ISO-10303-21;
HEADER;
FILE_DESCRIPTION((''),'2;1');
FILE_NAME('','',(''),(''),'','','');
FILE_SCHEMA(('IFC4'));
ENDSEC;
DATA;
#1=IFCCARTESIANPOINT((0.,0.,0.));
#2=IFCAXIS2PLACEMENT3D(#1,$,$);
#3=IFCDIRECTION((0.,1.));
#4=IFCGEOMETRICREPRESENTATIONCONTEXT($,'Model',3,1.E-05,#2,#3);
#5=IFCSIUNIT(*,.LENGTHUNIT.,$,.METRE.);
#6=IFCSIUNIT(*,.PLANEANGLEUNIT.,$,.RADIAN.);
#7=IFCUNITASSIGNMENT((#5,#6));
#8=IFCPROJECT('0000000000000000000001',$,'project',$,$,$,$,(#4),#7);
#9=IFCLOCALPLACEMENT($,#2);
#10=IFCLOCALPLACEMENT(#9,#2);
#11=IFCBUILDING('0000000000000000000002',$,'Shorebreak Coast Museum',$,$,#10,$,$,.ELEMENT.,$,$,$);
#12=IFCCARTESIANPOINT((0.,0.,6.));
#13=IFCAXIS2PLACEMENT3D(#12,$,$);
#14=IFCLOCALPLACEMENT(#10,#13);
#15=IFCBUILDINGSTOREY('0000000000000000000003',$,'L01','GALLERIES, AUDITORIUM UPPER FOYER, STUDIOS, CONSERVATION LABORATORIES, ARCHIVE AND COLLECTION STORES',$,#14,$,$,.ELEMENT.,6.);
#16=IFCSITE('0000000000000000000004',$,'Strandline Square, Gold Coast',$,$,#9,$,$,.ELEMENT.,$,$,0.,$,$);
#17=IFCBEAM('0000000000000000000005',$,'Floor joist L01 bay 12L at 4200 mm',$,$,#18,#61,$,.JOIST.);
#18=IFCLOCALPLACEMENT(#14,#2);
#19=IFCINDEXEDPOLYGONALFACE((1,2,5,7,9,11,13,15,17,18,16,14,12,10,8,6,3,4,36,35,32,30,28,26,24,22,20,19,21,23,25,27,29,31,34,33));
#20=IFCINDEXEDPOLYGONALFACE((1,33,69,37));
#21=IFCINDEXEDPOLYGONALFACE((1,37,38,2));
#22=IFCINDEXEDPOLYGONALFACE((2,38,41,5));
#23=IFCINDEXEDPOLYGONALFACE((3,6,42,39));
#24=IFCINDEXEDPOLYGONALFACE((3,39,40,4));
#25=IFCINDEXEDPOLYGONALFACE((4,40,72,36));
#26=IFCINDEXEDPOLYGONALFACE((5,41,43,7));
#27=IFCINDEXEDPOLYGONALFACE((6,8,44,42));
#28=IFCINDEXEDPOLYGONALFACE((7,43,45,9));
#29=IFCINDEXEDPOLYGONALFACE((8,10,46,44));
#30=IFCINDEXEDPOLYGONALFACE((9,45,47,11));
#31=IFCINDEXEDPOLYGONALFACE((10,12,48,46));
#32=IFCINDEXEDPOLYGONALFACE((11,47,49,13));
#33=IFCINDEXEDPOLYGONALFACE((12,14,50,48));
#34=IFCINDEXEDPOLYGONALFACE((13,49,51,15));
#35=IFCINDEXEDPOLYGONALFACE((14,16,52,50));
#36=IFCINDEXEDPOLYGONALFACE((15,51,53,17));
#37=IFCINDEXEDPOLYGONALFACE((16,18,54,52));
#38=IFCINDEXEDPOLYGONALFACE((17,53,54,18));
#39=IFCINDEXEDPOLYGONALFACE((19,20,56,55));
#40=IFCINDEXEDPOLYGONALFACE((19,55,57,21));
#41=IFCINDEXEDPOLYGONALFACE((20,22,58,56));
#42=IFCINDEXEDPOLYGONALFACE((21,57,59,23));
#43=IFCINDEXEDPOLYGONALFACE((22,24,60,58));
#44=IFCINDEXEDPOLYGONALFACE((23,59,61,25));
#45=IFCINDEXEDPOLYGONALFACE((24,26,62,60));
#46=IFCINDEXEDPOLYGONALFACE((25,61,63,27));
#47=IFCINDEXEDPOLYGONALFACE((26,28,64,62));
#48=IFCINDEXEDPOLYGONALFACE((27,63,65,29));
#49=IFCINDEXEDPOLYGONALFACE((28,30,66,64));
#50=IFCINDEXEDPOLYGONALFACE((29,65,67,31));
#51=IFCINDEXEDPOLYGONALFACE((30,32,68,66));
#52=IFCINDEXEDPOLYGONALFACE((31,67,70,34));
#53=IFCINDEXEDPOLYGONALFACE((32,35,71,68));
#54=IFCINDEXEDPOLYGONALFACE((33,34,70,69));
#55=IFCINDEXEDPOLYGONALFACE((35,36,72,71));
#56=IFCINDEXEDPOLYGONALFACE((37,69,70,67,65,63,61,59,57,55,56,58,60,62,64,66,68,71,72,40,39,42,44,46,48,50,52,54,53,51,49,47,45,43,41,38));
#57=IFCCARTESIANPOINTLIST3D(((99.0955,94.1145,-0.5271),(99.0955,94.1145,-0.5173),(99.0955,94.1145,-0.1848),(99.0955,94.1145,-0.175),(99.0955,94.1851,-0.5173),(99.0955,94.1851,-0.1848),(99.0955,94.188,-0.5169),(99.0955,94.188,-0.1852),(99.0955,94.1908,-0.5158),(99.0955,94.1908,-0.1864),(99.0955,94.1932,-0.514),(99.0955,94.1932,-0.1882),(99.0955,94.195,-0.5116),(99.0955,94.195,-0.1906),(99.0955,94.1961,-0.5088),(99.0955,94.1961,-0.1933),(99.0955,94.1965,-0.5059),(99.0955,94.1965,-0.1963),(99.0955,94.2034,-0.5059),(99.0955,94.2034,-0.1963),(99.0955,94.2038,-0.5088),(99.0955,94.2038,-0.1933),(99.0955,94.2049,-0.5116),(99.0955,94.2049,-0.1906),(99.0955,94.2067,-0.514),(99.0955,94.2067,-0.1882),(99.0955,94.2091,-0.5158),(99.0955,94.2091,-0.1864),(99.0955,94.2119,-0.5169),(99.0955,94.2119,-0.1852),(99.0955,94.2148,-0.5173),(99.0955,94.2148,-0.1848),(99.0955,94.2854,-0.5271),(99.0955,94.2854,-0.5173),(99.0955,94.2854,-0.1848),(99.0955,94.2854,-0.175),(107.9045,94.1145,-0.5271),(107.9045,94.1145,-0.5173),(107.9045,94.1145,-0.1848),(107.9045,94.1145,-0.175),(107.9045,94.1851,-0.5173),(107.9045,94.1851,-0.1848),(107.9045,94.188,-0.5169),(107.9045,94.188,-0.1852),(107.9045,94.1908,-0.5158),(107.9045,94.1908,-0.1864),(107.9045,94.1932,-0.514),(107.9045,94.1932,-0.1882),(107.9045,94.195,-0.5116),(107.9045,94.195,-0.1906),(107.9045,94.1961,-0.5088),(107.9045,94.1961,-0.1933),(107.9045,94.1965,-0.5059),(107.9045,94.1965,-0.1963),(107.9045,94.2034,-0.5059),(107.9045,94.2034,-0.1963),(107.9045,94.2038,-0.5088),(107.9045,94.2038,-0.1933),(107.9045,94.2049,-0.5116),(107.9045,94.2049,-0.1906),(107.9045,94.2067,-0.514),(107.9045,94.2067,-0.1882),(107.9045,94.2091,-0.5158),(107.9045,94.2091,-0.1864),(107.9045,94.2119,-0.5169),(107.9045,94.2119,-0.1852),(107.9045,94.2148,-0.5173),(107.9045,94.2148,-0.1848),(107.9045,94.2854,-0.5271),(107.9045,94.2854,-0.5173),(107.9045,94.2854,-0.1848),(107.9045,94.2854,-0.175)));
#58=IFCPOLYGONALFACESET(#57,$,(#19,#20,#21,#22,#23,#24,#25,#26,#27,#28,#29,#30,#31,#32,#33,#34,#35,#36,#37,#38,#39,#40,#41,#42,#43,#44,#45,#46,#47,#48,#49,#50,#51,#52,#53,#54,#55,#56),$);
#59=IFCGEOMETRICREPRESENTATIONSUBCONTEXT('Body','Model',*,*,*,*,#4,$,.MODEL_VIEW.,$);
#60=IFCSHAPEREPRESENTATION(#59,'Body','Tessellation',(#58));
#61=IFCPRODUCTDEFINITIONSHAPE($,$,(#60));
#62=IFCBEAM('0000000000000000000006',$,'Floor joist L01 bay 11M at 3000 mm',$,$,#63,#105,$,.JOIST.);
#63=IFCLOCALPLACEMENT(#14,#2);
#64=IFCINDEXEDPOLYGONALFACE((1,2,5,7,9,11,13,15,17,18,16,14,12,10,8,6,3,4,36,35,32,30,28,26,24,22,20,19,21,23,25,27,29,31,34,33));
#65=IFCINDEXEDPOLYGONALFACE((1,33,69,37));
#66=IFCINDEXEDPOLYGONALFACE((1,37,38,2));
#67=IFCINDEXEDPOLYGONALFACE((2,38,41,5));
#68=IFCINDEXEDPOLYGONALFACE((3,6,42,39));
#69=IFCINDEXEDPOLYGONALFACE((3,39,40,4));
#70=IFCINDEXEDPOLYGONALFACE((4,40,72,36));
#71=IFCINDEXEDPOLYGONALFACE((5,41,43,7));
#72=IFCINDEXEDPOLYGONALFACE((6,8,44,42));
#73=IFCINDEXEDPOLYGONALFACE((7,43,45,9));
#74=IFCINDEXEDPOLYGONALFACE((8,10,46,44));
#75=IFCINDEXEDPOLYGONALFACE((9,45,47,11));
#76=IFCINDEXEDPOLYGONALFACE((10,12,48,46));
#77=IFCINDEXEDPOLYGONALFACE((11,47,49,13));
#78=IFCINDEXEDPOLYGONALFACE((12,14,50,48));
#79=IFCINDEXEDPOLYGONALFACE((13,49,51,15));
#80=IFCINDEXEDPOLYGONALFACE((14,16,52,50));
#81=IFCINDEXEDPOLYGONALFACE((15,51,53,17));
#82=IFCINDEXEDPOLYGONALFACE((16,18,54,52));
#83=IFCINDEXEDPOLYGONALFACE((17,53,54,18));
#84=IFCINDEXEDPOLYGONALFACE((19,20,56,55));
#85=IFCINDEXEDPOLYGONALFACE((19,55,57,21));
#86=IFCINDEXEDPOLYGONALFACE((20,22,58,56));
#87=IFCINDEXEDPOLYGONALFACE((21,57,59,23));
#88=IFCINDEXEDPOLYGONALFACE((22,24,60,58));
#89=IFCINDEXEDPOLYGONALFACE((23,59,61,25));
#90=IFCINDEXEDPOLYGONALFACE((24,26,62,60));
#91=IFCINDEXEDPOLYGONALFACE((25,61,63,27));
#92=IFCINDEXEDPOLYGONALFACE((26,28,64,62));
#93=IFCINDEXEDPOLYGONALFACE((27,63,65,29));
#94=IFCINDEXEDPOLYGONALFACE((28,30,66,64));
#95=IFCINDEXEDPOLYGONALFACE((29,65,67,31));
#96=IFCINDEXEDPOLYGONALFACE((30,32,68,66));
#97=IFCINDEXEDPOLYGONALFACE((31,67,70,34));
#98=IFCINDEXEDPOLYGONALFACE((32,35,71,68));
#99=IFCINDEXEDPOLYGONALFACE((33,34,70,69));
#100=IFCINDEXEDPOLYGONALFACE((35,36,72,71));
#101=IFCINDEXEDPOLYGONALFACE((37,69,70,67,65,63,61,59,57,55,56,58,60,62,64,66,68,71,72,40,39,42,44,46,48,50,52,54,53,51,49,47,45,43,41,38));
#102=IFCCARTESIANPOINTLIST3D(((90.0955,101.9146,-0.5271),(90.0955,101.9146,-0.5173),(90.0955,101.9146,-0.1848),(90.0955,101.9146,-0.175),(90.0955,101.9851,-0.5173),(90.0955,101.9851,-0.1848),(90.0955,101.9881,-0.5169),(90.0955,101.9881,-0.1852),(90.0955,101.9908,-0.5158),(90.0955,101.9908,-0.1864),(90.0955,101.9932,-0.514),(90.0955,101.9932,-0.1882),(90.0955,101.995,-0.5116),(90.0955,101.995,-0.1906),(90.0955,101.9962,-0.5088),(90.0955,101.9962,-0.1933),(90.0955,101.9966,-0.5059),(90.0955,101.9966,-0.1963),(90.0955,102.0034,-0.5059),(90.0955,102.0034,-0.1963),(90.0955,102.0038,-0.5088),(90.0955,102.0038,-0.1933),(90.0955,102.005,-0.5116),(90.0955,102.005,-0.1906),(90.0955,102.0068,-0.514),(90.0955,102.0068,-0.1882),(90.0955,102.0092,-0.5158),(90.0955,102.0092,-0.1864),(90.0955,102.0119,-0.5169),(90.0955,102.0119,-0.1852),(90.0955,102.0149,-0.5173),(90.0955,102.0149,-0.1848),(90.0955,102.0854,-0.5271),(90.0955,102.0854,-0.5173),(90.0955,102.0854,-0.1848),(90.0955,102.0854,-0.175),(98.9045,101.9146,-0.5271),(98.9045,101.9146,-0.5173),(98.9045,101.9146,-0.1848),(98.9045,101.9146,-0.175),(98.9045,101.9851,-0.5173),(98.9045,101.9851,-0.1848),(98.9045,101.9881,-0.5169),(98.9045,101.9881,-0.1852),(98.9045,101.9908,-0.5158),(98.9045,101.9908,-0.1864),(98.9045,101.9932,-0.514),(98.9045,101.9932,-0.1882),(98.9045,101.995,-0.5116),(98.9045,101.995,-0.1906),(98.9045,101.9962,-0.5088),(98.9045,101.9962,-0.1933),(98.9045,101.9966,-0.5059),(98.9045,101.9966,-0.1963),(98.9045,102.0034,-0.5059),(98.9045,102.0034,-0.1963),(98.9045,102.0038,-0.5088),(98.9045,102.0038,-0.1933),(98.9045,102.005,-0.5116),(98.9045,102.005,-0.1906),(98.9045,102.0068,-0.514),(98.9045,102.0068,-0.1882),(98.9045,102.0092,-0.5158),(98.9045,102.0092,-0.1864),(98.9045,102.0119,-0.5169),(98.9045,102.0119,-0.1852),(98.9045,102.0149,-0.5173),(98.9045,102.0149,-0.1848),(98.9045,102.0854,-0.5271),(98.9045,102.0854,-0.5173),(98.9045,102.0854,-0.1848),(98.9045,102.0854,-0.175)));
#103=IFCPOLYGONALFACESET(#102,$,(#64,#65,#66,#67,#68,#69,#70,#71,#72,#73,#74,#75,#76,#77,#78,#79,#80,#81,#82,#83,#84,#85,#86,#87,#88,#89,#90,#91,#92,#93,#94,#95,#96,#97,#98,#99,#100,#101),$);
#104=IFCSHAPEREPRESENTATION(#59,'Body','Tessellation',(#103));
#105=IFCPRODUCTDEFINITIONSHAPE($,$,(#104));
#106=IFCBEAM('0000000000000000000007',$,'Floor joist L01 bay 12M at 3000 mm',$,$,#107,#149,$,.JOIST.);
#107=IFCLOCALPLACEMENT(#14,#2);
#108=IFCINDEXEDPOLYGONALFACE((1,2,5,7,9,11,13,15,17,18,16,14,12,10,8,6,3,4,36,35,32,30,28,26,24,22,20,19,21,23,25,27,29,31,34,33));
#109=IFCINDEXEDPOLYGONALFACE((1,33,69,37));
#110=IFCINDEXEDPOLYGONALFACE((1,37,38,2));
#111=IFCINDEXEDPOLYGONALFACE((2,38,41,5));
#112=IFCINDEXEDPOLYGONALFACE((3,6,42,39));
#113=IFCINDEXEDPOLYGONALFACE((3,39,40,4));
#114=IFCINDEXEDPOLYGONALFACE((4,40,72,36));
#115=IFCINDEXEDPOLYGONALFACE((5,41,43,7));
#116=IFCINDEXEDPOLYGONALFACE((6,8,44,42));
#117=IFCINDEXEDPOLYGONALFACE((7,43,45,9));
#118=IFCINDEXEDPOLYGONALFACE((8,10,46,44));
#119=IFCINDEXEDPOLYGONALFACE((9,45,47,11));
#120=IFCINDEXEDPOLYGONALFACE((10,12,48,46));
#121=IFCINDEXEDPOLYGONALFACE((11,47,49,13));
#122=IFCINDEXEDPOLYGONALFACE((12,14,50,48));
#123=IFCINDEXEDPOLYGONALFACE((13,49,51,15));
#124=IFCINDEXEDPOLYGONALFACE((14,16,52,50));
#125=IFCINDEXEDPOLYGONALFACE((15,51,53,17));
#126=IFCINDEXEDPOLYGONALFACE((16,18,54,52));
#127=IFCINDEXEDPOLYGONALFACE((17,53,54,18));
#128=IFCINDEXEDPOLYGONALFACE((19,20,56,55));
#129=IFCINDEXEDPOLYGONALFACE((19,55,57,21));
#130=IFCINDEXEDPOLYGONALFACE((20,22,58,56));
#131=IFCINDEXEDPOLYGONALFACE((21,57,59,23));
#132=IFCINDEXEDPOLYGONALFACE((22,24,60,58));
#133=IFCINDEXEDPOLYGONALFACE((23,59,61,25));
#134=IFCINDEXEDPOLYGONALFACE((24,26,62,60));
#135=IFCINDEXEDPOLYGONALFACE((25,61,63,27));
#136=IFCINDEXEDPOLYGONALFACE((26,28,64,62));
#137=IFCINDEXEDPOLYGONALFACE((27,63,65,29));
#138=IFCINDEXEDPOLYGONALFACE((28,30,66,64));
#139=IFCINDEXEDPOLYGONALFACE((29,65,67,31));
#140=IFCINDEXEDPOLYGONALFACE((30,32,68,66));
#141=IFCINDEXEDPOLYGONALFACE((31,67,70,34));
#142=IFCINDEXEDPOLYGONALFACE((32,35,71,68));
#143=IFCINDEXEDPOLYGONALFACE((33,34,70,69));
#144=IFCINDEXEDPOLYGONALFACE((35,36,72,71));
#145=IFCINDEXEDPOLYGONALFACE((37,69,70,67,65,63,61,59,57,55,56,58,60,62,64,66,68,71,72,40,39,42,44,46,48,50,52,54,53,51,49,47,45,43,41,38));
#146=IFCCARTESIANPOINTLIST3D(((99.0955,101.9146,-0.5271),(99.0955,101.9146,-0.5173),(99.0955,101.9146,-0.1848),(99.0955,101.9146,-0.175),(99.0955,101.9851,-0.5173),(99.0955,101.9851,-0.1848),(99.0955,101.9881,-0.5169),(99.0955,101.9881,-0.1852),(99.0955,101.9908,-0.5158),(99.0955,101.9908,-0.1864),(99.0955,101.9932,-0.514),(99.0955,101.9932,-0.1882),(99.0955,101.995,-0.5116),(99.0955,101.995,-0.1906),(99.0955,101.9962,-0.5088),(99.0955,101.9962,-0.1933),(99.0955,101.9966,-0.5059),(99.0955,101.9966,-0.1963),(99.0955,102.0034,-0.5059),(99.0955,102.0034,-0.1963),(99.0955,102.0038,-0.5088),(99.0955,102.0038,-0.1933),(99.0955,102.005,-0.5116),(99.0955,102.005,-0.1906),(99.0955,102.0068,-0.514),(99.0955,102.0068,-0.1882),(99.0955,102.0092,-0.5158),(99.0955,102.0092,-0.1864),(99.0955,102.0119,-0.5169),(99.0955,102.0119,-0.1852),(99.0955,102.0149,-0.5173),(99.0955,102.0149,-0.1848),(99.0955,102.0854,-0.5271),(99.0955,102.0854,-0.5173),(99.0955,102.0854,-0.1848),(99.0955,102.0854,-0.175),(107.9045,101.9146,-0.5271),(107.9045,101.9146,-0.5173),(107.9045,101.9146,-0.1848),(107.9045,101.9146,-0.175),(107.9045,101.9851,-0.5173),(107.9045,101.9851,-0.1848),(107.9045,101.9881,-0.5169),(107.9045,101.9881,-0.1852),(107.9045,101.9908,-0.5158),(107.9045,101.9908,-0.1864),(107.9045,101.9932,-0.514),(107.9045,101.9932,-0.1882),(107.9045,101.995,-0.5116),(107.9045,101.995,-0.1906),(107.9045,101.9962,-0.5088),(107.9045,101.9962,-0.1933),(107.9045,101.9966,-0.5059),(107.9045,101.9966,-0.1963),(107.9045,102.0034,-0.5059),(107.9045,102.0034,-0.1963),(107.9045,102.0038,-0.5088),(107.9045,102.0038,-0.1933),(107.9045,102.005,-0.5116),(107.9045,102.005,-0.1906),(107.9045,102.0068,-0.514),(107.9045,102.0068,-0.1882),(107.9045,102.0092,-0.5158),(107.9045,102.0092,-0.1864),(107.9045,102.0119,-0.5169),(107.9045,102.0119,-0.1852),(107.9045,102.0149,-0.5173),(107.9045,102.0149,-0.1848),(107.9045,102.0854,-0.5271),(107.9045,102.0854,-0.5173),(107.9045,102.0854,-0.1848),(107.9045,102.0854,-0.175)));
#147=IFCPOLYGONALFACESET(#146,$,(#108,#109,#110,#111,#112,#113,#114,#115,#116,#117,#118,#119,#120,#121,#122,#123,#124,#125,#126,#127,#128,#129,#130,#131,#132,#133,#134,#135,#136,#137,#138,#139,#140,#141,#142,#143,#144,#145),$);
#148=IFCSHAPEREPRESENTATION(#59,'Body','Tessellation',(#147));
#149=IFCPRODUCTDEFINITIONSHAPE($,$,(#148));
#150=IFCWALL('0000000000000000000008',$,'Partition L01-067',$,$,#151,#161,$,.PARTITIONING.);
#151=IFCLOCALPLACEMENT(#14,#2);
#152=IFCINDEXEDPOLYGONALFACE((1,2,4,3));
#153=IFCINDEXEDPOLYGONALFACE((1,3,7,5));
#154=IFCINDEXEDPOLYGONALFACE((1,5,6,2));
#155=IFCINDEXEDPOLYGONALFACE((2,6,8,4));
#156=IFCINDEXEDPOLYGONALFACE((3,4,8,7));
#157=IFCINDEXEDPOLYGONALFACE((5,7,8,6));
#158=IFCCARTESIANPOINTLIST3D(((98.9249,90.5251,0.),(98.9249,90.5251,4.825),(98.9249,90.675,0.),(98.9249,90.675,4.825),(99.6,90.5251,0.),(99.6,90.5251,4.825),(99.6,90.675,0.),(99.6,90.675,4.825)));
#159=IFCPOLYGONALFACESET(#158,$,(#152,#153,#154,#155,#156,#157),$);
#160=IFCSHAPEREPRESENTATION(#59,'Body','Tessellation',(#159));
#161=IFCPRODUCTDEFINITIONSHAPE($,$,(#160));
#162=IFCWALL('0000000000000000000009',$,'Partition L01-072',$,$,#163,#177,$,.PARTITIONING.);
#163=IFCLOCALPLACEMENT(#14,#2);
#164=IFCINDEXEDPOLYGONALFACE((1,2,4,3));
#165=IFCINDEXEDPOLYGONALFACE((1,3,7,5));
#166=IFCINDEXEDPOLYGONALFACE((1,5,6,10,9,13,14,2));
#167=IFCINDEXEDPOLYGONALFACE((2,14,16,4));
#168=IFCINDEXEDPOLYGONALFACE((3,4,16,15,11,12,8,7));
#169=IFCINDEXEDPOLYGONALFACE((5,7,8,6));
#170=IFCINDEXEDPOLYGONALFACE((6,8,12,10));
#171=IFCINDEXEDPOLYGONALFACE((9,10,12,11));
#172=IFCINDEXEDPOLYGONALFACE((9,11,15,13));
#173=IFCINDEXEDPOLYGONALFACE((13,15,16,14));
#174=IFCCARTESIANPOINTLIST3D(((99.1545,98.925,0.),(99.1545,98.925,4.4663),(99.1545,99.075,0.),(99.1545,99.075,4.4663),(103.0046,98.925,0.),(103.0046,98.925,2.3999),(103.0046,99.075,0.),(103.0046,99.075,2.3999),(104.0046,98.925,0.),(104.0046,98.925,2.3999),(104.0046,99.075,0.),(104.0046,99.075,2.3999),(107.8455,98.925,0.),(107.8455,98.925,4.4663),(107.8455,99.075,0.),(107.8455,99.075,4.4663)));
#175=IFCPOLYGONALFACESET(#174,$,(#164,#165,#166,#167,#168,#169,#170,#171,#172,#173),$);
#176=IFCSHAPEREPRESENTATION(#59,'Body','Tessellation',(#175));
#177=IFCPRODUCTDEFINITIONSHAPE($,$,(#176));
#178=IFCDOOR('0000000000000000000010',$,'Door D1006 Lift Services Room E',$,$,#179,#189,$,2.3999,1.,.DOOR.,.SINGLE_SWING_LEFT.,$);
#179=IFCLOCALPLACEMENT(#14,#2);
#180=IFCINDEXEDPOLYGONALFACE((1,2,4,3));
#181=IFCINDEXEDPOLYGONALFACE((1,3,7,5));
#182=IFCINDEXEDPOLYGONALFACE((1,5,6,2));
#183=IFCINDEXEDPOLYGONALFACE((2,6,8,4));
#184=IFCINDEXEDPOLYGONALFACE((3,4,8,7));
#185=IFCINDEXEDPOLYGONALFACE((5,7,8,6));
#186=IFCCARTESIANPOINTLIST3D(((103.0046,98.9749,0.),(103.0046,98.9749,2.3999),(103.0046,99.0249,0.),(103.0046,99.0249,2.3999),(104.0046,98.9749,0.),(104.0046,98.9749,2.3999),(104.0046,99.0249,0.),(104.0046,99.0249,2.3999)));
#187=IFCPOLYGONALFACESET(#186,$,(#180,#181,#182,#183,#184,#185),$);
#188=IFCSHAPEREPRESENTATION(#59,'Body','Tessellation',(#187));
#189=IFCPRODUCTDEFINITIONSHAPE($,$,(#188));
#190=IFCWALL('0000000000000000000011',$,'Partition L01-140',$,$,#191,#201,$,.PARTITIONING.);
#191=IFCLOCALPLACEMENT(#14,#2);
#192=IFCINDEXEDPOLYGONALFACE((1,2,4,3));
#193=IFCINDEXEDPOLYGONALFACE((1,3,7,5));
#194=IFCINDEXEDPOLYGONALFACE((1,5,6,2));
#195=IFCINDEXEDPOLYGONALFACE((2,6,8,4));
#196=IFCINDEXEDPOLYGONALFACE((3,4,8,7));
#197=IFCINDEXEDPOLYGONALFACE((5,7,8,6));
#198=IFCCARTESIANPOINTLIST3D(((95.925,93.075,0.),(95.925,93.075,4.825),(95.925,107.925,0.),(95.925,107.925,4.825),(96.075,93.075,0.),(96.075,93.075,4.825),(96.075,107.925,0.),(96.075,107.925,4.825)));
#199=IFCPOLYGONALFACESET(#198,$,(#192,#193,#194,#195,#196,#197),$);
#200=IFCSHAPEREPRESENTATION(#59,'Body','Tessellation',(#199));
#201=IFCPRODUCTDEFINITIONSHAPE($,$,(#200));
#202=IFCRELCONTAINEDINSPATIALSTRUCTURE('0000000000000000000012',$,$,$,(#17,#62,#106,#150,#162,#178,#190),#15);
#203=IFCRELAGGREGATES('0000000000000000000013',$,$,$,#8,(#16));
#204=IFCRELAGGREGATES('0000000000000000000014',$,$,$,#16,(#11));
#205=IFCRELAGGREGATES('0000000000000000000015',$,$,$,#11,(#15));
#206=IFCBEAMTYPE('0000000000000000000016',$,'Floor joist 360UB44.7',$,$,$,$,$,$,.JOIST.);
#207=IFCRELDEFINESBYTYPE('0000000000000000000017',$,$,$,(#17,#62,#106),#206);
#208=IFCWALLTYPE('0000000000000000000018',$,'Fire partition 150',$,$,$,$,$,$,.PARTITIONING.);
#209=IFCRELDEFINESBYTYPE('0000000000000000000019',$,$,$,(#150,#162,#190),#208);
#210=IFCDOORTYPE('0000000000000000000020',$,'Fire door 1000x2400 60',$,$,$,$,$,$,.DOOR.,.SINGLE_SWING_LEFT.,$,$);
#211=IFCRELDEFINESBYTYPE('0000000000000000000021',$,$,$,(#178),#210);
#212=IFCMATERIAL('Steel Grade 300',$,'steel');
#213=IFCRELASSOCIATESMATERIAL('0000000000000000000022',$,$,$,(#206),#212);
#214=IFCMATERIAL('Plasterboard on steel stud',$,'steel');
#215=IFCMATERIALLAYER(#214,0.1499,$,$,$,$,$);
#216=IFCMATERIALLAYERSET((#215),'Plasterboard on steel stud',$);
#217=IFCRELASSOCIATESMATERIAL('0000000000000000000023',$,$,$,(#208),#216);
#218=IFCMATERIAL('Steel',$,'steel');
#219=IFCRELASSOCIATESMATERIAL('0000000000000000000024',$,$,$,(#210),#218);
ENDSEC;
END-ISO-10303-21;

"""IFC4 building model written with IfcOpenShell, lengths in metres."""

from ifc_helpers import new_model, si_unit, direction, frame, frame_2d, origin, origin_2d, place, context, subcontext, project, spatial, rectangle, i_section, extrude, material, layer, layer_set, material_profile, profile_set, type_object, element, fill, save


model = new_model("IFC4")

# Units and contexts
model_context = context("Model", 3, precision=1e-05, world=origin(), true_north=direction((0.0, 1.0)))
body_context = subcontext(model_context, "Body", "Model", "MODEL_VIEW")
ifc_project = project(units=[si_unit("LENGTHUNIT", "METRE"), si_unit("PLANEANGLEUNIT", "RADIAN")], contexts=[model_context])

# Site, building, storey
site_placement = place(None, origin())
site = spatial("IfcSite", under=ifc_project, at=site_placement, Name="Strandline Square, Gold Coast", CompositionType="ELEMENT", RefElevation=0.0)
building_placement = place(site_placement, origin())
building = spatial("IfcBuilding", under=site, at=building_placement, Name="Shorebreak Coast Museum", CompositionType="ELEMENT")
storey_placement = place(building_placement, frame((0.0, 0.0, 6.0)))
storey = spatial("IfcBuildingStorey", under=building, at=storey_placement, Name="L01", Description="GALLERIES, AUDITORIUM UPPER FOYER, STUDIOS, CONSERVATION LABORATORIES, ARCHIVE AND COLLECTION STORES", CompositionType="ELEMENT", Elevation=6.0)

# Beams
ifc_material_1 = material(Name="Steel Grade 300", Category="steel")
ifc_material_profile_1 = material_profile(ifc_material_1, i_section(OverallWidth=0.1709, OverallDepth=0.3521, WebThickness=0.0068, FlangeThickness=0.0098, FilletRadius=0.0115, at=origin_2d()), Name="360UB44.7")
ifc_profile_set_1 = profile_set([ifc_material_profile_1], Name="Steel Grade 300")
beam_type_1 = type_object("IfcBeamType", Name="Floor joist 360UB44.7", PredefinedType="JOIST", material=ifc_profile_set_1)
for number, where, z_axis, x_axis, name in (
    (1, (99.0955, 94.2, -0.3511), (1.0, 0.0, 0.0), (0.0, 1.0, 0.0), "Floor joist L01 bay 12L at 4200 mm"),
    (2, (90.0955, 102.0, -0.3511), (1.0, 0.0, 0.0), (0.0, 1.0, 0.0), "Floor joist L01 bay 11M at 3000 mm"),
    (3, (99.0955, 102.0, -0.3511), (1.0, 0.0, 0.0), (0.0, 1.0, 0.0), "Floor joist L01 bay 12M at 3000 mm"),
):
    element("IfcBeam", number, at=place(storey_placement, frame(where, z_axis=z_axis, x_axis=x_axis)), inside=storey, type_object=beam_type_1, Name=name, PredefinedType="JOIST", context=body_context, shape_type="SweptSolid", body=[
        extrude(i_section(OverallWidth=0.1709, OverallDepth=0.3521, WebThickness=0.0068, FlangeThickness=0.0098, FilletRadius=0.0115, at=origin_2d()), origin(), (0.0, 0.0, 1.0), 8.8091),
    ])

# Wall
ifc_material_2 = material(Name="Plasterboard on steel stud", Category="steel")
ifc_layer_1 = layer(ifc_material_2, 0.1499)
ifc_layer_set_1 = layer_set([ifc_layer_1], Name="Plasterboard on steel stud")
wall_type_1 = type_object("IfcWallType", Name="Fire partition 150", PredefinedType="PARTITIONING", material=ifc_layer_set_1)
wall_1_placement = place(storey_placement, frame((98.925, 90.6001, 0.0), z_axis=(0.0, 0.0, 1.0), x_axis=(1.0, 0.0, 0.0)))
element("IfcWall", 4, at=wall_1_placement, inside=storey, type_object=wall_type_1, Name="Partition L01-067", PredefinedType="PARTITIONING", context=body_context, shape_type="SweptSolid", body=[
    extrude(rectangle(XDim=0.675, YDim=0.1499, at=frame_2d((0.3374, 0.0))), origin(), (0.0, 0.0, 1.0), 4.825),
])

# Wall, opening, door
wall_2_placement = place(storey_placement, frame((99.1545, 99.0, 0.0), z_axis=(0.0, 0.0, 1.0), x_axis=(1.0, 0.0, 0.0)))
wall_2 = element("IfcWall", 5, at=wall_2_placement, inside=storey, type_object=wall_type_1, Name="Partition L01-072", PredefinedType="PARTITIONING", context=body_context, shape_type="SweptSolid", body=[
    extrude(rectangle(XDim=8.6909, YDim=0.1499, at=frame_2d((4.3455, 0.0))), origin(), (0.0, 0.0, 1.0), 4.4663),
])
opening_placement = place(wall_2_placement, frame((3.8501, 0.0, 0.0)))
opening = element("IfcOpeningElement", 6, at=opening_placement, cuts=wall_2, PredefinedType="OPENING", context=body_context, shape_type="SweptSolid", body=[
    extrude(rectangle(XDim=1.0, YDim=2.3999, at=frame_2d((0.5, 1.2))), frame((0.0, 0.085, 0.0), z_axis=(0.0, -1.0, 0.0), x_axis=(1.0, 0.0, 0.0)), (0.0, 0.0, 1.0), 0.1699),
])
ifc_material_3 = material(Name="Steel", Category="steel")
door_type = type_object("IfcDoorType", Name="Fire door 1000x2400 60", OperationType="SINGLE_SWING_LEFT", PredefinedType="DOOR", material=ifc_material_3)
door_placement = place(opening_placement, origin())
door = element("IfcDoor", 7, at=door_placement, inside=storey, type_object=door_type, Name="Door D1006 Lift Services Room E", OperationType="SINGLE_SWING_LEFT", OverallHeight=2.3999, OverallWidth=1.0, PredefinedType="DOOR", context=body_context, shape_type="SweptSolid", body=[
    extrude(rectangle(XDim=1.0, YDim=2.3999, at=frame_2d((0.5, 1.2))), frame((0.0, 0.0249, 0.0), z_axis=(0.0, -1.0, 0.0), x_axis=(1.0, 0.0, 0.0)), (0.0, 0.0, 1.0), 0.05),
])
fill(opening, door)

# Wall
wall_3_placement = place(storey_placement, frame((96.0, 93.075, 0.0), z_axis=(0.0, 0.0, 1.0), x_axis=(0.0, 1.0, 0.0)))
element("IfcWall", 8, at=wall_3_placement, inside=storey, type_object=wall_type_1, Name="Partition L01-140", PredefinedType="PARTITIONING", context=body_context, shape_type="SweptSolid", body=[
    extrude(rectangle(XDim=14.8501, YDim=0.1499, at=frame_2d((7.425, 0.0))), origin(), (0.0, 0.0, 1.0), 4.825),
])

save(model, "model.ifc")
